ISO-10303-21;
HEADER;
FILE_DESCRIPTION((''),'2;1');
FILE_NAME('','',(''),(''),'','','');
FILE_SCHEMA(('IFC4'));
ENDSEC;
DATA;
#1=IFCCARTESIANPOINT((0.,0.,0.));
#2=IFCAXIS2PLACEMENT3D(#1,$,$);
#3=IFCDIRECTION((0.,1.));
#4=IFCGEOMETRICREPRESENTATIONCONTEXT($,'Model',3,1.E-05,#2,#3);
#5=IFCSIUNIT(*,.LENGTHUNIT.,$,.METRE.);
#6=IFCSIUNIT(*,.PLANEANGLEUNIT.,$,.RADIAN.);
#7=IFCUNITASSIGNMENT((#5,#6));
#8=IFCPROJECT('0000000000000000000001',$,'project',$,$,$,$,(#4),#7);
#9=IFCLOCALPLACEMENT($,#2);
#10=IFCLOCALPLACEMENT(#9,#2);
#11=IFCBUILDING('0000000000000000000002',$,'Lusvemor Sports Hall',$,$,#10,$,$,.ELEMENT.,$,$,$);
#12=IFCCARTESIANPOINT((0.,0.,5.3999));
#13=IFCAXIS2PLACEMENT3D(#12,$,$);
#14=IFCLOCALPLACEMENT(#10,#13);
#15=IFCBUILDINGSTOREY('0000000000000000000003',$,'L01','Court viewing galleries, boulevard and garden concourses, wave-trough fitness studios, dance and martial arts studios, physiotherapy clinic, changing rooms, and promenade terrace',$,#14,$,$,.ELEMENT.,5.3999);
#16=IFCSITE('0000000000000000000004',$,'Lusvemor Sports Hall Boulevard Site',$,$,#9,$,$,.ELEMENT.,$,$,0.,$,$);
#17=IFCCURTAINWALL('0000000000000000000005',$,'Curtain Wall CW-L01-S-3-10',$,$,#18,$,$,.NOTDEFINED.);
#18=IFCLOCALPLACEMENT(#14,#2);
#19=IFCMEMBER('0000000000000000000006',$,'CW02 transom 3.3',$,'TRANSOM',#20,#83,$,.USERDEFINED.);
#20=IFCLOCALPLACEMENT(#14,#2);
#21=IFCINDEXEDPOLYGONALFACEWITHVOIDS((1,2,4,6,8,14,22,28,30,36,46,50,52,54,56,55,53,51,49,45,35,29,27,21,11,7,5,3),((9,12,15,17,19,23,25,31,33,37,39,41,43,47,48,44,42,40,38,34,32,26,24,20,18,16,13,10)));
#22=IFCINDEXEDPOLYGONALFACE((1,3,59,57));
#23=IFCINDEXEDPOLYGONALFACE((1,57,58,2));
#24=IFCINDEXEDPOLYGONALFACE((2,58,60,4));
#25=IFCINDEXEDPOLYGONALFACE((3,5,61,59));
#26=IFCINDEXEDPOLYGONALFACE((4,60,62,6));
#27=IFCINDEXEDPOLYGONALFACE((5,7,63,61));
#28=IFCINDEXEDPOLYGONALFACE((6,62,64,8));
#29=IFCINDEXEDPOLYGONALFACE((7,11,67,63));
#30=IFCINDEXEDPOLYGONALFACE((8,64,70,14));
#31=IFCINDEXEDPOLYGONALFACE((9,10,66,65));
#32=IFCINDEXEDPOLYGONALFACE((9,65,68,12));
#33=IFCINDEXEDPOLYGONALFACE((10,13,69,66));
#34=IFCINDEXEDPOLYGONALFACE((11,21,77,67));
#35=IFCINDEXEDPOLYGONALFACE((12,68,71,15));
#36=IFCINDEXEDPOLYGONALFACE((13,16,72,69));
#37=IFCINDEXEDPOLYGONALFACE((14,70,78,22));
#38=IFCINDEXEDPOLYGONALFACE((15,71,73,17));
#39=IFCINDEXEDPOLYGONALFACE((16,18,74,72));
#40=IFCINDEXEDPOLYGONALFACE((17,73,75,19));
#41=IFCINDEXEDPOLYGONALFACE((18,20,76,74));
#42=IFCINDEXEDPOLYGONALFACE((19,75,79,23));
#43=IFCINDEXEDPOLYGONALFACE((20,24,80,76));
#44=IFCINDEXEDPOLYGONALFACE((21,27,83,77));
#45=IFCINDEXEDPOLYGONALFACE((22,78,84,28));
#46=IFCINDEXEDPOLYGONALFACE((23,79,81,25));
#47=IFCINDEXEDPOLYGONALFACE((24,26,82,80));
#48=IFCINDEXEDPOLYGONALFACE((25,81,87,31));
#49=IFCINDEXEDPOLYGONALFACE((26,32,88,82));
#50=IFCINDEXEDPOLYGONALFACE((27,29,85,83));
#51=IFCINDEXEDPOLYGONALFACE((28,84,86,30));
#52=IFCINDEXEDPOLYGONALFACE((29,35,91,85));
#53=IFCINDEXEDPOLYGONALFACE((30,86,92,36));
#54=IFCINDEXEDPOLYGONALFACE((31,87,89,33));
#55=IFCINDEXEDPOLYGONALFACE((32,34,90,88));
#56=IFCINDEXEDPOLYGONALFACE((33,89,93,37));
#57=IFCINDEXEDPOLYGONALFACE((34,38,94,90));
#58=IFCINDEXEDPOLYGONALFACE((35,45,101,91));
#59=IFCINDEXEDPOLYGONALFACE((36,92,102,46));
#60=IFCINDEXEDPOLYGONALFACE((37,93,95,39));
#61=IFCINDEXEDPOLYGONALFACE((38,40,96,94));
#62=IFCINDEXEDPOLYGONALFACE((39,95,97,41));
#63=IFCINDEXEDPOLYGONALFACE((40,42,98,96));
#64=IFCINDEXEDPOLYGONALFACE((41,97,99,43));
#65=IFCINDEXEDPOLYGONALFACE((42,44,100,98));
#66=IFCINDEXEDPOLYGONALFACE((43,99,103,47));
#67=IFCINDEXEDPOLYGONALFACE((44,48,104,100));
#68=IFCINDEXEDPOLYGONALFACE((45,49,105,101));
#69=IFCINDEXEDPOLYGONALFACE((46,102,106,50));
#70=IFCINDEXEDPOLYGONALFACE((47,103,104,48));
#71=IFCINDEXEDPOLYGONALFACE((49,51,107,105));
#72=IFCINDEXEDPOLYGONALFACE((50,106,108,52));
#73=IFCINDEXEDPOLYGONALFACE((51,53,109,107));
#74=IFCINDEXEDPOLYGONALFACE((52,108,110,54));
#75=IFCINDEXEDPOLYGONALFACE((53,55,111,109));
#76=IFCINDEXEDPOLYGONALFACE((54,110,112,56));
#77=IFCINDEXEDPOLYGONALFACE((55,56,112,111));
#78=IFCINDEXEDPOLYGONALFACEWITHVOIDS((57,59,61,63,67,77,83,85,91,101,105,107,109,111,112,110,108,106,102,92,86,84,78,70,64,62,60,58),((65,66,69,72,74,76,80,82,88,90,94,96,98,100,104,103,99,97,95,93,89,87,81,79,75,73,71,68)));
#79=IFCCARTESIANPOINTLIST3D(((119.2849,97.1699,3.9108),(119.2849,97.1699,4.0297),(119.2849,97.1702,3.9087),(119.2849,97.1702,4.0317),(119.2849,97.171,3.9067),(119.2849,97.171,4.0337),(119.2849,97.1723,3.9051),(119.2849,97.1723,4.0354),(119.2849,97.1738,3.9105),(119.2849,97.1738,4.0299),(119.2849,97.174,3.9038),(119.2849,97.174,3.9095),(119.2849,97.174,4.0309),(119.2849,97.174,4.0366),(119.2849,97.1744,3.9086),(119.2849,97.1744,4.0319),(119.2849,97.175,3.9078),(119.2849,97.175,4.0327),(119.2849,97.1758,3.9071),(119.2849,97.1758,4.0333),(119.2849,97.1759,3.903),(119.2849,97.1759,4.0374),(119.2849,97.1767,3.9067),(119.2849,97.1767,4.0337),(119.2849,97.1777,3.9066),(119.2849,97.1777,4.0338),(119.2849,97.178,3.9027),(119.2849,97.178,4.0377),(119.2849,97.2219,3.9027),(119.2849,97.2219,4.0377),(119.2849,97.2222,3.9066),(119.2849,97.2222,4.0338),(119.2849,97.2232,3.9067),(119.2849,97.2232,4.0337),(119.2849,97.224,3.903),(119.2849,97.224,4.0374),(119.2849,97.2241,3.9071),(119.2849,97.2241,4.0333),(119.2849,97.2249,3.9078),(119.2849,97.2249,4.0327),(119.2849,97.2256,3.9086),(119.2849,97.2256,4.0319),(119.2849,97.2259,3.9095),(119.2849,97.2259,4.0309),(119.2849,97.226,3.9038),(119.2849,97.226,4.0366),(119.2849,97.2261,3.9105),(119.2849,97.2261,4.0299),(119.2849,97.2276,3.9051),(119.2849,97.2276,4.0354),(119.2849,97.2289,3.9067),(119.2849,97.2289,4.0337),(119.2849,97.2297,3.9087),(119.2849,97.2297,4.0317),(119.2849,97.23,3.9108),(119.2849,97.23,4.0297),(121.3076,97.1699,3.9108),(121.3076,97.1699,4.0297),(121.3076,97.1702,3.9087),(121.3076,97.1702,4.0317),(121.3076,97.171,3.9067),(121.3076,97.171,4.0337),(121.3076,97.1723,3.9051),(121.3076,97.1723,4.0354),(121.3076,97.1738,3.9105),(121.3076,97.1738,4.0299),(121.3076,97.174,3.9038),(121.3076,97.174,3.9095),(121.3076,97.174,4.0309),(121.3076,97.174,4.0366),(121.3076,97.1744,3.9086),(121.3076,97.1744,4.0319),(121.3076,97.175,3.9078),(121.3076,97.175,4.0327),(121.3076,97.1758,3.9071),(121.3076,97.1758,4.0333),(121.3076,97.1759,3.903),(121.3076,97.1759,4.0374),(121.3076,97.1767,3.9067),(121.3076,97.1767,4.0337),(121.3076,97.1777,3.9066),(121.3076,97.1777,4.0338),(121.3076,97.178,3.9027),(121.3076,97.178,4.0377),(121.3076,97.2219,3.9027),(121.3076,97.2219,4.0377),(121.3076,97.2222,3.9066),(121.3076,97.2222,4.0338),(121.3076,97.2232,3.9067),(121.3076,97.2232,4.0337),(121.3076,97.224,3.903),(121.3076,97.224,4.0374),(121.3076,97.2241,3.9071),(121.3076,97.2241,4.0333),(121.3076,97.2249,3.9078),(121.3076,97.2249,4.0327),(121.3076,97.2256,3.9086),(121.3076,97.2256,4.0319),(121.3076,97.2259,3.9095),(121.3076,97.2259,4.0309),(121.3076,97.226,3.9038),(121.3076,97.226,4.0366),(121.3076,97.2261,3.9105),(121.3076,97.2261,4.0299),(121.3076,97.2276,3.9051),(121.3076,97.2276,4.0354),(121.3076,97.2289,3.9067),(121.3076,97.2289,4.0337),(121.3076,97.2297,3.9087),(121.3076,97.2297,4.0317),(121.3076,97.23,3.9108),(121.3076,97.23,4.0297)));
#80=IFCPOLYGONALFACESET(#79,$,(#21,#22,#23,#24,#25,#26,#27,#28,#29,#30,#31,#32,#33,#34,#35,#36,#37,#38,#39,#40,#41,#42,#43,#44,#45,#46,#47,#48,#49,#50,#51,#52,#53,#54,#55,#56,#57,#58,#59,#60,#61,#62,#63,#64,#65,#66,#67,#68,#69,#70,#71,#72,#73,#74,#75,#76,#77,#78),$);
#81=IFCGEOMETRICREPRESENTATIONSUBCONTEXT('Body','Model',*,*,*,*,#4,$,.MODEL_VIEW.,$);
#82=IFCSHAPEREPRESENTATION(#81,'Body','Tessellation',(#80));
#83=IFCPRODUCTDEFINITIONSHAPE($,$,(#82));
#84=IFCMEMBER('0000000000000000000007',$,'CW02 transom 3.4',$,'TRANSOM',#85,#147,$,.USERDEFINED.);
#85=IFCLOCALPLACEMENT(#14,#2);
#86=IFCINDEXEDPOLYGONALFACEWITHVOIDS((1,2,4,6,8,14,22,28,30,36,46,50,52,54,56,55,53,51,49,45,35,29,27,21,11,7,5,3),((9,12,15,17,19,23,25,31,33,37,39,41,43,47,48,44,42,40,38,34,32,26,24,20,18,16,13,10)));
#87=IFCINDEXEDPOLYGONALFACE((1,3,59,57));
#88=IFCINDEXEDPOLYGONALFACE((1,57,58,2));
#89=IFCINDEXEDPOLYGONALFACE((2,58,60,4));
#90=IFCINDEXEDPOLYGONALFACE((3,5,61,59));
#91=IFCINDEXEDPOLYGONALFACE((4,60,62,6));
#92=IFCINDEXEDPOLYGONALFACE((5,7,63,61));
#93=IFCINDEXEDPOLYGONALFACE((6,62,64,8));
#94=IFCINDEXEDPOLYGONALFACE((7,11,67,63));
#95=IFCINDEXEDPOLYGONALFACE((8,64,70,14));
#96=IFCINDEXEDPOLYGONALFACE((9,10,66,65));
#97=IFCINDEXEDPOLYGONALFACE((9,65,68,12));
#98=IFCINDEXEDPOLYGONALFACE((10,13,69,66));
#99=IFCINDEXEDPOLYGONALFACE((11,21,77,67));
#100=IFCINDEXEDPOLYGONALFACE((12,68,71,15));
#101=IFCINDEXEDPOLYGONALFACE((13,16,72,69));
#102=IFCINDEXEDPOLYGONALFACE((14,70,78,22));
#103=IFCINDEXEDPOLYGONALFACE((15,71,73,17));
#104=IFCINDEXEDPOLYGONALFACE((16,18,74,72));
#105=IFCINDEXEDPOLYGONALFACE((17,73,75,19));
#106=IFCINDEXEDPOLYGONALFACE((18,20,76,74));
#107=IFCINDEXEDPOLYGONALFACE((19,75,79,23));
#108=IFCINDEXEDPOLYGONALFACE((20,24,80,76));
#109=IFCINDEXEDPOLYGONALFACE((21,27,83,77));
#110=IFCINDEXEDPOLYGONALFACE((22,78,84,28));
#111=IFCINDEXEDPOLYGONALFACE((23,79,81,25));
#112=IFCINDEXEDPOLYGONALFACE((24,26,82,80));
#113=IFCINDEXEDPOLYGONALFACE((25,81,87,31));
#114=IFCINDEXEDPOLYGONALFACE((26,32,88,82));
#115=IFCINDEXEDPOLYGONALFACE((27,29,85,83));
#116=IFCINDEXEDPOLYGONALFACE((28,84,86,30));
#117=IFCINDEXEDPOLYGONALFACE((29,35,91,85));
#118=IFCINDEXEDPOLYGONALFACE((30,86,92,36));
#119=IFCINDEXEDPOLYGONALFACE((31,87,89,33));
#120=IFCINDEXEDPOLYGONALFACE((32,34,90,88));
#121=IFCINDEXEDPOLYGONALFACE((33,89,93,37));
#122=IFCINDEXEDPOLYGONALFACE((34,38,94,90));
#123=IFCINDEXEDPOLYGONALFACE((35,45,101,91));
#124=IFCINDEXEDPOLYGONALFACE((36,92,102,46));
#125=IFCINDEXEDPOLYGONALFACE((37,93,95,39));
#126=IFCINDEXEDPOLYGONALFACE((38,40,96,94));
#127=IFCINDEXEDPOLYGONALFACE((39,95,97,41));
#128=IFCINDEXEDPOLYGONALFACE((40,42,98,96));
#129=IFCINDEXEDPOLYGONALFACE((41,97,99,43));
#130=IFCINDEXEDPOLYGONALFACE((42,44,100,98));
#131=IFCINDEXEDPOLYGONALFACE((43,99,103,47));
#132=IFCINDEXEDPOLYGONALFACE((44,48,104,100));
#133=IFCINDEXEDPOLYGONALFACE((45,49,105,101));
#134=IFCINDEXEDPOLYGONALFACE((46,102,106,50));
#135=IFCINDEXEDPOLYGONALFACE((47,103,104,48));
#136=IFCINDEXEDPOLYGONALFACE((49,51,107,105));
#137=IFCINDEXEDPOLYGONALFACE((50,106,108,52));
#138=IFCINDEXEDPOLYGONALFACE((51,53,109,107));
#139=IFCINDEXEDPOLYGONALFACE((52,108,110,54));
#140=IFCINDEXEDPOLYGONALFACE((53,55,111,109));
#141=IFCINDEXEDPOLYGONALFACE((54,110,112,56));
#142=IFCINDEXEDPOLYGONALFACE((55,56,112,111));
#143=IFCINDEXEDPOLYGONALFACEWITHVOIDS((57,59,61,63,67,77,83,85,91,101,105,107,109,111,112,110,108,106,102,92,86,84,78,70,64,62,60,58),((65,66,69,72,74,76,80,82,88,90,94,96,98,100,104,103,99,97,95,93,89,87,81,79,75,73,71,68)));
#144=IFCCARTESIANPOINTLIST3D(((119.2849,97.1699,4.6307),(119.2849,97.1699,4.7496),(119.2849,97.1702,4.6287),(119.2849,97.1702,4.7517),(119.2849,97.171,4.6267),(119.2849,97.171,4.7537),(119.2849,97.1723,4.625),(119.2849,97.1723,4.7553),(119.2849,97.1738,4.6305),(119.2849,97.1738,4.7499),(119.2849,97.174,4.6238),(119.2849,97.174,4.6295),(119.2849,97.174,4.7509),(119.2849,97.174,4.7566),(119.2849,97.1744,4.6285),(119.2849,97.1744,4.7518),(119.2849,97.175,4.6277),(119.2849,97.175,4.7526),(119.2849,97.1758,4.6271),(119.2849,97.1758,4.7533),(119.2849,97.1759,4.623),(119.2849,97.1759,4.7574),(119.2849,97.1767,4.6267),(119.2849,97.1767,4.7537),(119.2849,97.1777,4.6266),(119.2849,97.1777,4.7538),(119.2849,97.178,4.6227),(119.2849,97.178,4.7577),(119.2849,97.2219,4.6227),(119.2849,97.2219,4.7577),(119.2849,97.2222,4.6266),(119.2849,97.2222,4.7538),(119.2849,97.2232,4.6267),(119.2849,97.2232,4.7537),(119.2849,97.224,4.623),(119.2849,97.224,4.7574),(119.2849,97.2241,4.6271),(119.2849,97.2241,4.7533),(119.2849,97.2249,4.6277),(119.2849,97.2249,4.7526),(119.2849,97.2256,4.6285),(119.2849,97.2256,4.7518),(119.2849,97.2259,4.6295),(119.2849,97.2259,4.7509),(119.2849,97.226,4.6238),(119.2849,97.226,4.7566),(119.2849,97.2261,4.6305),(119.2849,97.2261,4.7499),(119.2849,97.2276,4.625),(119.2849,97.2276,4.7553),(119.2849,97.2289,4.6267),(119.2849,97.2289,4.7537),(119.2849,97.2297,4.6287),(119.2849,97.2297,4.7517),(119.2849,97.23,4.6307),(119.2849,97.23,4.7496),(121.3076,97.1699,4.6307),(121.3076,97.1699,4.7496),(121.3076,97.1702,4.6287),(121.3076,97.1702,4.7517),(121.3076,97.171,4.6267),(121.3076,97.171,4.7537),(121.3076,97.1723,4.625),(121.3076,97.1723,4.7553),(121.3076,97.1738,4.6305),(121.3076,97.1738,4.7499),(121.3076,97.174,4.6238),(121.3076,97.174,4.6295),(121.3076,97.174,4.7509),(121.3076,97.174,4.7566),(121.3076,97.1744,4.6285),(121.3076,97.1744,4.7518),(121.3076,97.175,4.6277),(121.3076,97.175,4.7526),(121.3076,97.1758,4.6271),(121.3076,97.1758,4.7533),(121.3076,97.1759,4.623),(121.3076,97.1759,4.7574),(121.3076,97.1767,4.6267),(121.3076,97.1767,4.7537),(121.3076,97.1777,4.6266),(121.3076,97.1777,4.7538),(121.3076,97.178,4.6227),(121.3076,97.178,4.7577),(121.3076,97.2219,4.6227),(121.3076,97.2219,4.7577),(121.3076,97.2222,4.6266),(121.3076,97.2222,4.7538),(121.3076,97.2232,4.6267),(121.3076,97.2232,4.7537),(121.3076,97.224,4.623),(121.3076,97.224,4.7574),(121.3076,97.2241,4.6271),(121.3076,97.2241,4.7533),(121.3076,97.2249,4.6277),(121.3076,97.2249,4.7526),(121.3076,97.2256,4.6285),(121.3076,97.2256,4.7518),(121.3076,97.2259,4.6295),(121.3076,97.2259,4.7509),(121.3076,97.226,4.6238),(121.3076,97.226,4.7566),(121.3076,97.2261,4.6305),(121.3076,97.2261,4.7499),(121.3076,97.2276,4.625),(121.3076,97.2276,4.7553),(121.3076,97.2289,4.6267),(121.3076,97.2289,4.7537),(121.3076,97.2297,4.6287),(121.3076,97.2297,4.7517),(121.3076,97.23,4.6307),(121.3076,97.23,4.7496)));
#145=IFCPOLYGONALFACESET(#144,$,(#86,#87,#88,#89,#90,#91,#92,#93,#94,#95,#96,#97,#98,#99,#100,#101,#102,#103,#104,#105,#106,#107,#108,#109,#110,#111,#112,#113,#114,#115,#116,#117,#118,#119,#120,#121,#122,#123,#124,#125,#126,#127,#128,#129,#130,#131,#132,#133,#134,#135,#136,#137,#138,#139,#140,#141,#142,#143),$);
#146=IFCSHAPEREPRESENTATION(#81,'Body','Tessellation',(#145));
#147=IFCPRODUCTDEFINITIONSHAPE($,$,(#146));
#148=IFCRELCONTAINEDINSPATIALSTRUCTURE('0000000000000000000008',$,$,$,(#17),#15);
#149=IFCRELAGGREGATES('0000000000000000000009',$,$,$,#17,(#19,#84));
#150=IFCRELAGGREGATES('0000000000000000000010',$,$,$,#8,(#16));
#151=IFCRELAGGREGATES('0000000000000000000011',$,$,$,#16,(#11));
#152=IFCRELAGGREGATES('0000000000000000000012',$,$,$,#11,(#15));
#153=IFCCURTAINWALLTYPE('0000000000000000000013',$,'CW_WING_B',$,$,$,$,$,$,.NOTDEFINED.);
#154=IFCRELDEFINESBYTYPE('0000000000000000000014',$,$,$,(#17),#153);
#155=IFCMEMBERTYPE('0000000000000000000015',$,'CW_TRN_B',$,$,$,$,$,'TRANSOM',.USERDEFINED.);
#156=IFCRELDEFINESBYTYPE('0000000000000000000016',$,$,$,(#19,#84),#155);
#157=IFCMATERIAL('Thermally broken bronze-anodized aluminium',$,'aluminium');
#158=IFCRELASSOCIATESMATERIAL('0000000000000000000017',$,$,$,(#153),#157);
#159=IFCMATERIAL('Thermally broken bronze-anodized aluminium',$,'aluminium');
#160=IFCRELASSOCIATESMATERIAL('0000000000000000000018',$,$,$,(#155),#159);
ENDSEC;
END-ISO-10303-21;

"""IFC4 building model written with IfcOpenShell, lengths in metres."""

from ifc_helpers import new_model, si_unit, direction, frame, origin, origin_2d, place, context, subcontext, project, spatial, hollow_rectangle, extrude, material, material_profile, profile_set, type_object, element, aggregate, save


model = new_model("IFC4")

# Units and contexts
model_context = context("Model", 3, precision=1e-05, world=origin(), true_north=direction((0.0, 1.0)))
body_context = subcontext(model_context, "Body", "Model", "MODEL_VIEW")
ifc_project = project(units=[si_unit("LENGTHUNIT", "METRE"), si_unit("PLANEANGLEUNIT", "RADIAN")], contexts=[model_context])

# Site, building, storey
site_placement = place(None, origin())
site = spatial("IfcSite", under=ifc_project, at=site_placement, Name="Lusvemor Sports Hall Boulevard Site", CompositionType="ELEMENT", RefElevation=0.0)
building_placement = place(site_placement, origin())
building = spatial("IfcBuilding", under=site, at=building_placement, Name="Lusvemor Sports Hall", CompositionType="ELEMENT")
storey_placement = place(building_placement, frame((0.0, 0.0, 5.3999)))
storey = spatial("IfcBuildingStorey", under=building, at=storey_placement, Name="L01", Description="Court viewing galleries, boulevard and garden concourses, wave-trough fitness studios, dance and martial arts studios, physiotherapy clinic, changing rooms, and promenade terrace", CompositionType="ELEMENT", Elevation=5.3999)

# Curtain wall
ifc_material_1 = material(Name="Thermally broken bronze-anodized aluminium", Category="aluminium")
curtain_wall_type = type_object("IfcCurtainWallType", Name="CW_WING_B", PredefinedType="NOTDEFINED", material=ifc_material_1)
curtain_wall_1_placement = place(storey_placement, origin())
curtain_wall_1 = element("IfcCurtainWall", 1, at=curtain_wall_1_placement, inside=storey, type_object=curtain_wall_type, Name="Curtain Wall CW-L01-S-3-10", PredefinedType="NOTDEFINED")

# Members
ifc_material_2 = material(Name="Thermally broken bronze-anodized aluminium", Category="aluminium")
ifc_material_profile_1 = material_profile(ifc_material_2, hollow_rectangle(XDim=0.0601, YDim=0.135, WallThickness=0.0039, InnerFilletRadius=0.0039, OuterFilletRadius=0.0081, at=origin_2d()), Name="CWTRN135x60x4")
ifc_profile_set_1 = profile_set([ifc_material_profile_1], Name="Thermally broken bronze-anodized aluminium")
member_type_1 = type_object("IfcMemberType", Name="CW_TRN_B", ElementType="TRANSOM", PredefinedType="USERDEFINED", material=ifc_profile_set_1)
member_1_placement = place(storey_placement, frame((121.3076, 97.2, 3.9702), z_axis=(-1.0, 0.0, 0.0), x_axis=(0.0, -1.0, 0.0)))
member_1 = element("IfcMember", 2, at=member_1_placement, type_object=member_type_1, Name="CW02 transom 3.3", ObjectType="TRANSOM", PredefinedType="USERDEFINED", context=body_context, shape_type="SweptSolid", body=[
    extrude(hollow_rectangle(XDim=0.0601, YDim=0.135, WallThickness=0.0039, InnerFilletRadius=0.0039, OuterFilletRadius=0.0081, at=origin_2d()), origin(), (0.0, 0.0, 1.0), 2.0227),
])
member_2_placement = place(storey_placement, frame((121.3076, 97.2, 4.6902), z_axis=(-1.0, 0.0, 0.0), x_axis=(0.0, -1.0, 0.0)))
member_2 = element("IfcMember", 3, at=member_2_placement, type_object=member_type_1, Name="CW02 transom 3.4", ObjectType="TRANSOM", PredefinedType="USERDEFINED", context=body_context, shape_type="SweptSolid", body=[
    extrude(hollow_rectangle(XDim=0.0601, YDim=0.135, WallThickness=0.0039, InnerFilletRadius=0.0039, OuterFilletRadius=0.0081, at=origin_2d()), origin(), (0.0, 0.0, 1.0), 2.0227),
])

aggregate(curtain_wall_1, [member_1, member_2])

save(model, "model.ifc")
